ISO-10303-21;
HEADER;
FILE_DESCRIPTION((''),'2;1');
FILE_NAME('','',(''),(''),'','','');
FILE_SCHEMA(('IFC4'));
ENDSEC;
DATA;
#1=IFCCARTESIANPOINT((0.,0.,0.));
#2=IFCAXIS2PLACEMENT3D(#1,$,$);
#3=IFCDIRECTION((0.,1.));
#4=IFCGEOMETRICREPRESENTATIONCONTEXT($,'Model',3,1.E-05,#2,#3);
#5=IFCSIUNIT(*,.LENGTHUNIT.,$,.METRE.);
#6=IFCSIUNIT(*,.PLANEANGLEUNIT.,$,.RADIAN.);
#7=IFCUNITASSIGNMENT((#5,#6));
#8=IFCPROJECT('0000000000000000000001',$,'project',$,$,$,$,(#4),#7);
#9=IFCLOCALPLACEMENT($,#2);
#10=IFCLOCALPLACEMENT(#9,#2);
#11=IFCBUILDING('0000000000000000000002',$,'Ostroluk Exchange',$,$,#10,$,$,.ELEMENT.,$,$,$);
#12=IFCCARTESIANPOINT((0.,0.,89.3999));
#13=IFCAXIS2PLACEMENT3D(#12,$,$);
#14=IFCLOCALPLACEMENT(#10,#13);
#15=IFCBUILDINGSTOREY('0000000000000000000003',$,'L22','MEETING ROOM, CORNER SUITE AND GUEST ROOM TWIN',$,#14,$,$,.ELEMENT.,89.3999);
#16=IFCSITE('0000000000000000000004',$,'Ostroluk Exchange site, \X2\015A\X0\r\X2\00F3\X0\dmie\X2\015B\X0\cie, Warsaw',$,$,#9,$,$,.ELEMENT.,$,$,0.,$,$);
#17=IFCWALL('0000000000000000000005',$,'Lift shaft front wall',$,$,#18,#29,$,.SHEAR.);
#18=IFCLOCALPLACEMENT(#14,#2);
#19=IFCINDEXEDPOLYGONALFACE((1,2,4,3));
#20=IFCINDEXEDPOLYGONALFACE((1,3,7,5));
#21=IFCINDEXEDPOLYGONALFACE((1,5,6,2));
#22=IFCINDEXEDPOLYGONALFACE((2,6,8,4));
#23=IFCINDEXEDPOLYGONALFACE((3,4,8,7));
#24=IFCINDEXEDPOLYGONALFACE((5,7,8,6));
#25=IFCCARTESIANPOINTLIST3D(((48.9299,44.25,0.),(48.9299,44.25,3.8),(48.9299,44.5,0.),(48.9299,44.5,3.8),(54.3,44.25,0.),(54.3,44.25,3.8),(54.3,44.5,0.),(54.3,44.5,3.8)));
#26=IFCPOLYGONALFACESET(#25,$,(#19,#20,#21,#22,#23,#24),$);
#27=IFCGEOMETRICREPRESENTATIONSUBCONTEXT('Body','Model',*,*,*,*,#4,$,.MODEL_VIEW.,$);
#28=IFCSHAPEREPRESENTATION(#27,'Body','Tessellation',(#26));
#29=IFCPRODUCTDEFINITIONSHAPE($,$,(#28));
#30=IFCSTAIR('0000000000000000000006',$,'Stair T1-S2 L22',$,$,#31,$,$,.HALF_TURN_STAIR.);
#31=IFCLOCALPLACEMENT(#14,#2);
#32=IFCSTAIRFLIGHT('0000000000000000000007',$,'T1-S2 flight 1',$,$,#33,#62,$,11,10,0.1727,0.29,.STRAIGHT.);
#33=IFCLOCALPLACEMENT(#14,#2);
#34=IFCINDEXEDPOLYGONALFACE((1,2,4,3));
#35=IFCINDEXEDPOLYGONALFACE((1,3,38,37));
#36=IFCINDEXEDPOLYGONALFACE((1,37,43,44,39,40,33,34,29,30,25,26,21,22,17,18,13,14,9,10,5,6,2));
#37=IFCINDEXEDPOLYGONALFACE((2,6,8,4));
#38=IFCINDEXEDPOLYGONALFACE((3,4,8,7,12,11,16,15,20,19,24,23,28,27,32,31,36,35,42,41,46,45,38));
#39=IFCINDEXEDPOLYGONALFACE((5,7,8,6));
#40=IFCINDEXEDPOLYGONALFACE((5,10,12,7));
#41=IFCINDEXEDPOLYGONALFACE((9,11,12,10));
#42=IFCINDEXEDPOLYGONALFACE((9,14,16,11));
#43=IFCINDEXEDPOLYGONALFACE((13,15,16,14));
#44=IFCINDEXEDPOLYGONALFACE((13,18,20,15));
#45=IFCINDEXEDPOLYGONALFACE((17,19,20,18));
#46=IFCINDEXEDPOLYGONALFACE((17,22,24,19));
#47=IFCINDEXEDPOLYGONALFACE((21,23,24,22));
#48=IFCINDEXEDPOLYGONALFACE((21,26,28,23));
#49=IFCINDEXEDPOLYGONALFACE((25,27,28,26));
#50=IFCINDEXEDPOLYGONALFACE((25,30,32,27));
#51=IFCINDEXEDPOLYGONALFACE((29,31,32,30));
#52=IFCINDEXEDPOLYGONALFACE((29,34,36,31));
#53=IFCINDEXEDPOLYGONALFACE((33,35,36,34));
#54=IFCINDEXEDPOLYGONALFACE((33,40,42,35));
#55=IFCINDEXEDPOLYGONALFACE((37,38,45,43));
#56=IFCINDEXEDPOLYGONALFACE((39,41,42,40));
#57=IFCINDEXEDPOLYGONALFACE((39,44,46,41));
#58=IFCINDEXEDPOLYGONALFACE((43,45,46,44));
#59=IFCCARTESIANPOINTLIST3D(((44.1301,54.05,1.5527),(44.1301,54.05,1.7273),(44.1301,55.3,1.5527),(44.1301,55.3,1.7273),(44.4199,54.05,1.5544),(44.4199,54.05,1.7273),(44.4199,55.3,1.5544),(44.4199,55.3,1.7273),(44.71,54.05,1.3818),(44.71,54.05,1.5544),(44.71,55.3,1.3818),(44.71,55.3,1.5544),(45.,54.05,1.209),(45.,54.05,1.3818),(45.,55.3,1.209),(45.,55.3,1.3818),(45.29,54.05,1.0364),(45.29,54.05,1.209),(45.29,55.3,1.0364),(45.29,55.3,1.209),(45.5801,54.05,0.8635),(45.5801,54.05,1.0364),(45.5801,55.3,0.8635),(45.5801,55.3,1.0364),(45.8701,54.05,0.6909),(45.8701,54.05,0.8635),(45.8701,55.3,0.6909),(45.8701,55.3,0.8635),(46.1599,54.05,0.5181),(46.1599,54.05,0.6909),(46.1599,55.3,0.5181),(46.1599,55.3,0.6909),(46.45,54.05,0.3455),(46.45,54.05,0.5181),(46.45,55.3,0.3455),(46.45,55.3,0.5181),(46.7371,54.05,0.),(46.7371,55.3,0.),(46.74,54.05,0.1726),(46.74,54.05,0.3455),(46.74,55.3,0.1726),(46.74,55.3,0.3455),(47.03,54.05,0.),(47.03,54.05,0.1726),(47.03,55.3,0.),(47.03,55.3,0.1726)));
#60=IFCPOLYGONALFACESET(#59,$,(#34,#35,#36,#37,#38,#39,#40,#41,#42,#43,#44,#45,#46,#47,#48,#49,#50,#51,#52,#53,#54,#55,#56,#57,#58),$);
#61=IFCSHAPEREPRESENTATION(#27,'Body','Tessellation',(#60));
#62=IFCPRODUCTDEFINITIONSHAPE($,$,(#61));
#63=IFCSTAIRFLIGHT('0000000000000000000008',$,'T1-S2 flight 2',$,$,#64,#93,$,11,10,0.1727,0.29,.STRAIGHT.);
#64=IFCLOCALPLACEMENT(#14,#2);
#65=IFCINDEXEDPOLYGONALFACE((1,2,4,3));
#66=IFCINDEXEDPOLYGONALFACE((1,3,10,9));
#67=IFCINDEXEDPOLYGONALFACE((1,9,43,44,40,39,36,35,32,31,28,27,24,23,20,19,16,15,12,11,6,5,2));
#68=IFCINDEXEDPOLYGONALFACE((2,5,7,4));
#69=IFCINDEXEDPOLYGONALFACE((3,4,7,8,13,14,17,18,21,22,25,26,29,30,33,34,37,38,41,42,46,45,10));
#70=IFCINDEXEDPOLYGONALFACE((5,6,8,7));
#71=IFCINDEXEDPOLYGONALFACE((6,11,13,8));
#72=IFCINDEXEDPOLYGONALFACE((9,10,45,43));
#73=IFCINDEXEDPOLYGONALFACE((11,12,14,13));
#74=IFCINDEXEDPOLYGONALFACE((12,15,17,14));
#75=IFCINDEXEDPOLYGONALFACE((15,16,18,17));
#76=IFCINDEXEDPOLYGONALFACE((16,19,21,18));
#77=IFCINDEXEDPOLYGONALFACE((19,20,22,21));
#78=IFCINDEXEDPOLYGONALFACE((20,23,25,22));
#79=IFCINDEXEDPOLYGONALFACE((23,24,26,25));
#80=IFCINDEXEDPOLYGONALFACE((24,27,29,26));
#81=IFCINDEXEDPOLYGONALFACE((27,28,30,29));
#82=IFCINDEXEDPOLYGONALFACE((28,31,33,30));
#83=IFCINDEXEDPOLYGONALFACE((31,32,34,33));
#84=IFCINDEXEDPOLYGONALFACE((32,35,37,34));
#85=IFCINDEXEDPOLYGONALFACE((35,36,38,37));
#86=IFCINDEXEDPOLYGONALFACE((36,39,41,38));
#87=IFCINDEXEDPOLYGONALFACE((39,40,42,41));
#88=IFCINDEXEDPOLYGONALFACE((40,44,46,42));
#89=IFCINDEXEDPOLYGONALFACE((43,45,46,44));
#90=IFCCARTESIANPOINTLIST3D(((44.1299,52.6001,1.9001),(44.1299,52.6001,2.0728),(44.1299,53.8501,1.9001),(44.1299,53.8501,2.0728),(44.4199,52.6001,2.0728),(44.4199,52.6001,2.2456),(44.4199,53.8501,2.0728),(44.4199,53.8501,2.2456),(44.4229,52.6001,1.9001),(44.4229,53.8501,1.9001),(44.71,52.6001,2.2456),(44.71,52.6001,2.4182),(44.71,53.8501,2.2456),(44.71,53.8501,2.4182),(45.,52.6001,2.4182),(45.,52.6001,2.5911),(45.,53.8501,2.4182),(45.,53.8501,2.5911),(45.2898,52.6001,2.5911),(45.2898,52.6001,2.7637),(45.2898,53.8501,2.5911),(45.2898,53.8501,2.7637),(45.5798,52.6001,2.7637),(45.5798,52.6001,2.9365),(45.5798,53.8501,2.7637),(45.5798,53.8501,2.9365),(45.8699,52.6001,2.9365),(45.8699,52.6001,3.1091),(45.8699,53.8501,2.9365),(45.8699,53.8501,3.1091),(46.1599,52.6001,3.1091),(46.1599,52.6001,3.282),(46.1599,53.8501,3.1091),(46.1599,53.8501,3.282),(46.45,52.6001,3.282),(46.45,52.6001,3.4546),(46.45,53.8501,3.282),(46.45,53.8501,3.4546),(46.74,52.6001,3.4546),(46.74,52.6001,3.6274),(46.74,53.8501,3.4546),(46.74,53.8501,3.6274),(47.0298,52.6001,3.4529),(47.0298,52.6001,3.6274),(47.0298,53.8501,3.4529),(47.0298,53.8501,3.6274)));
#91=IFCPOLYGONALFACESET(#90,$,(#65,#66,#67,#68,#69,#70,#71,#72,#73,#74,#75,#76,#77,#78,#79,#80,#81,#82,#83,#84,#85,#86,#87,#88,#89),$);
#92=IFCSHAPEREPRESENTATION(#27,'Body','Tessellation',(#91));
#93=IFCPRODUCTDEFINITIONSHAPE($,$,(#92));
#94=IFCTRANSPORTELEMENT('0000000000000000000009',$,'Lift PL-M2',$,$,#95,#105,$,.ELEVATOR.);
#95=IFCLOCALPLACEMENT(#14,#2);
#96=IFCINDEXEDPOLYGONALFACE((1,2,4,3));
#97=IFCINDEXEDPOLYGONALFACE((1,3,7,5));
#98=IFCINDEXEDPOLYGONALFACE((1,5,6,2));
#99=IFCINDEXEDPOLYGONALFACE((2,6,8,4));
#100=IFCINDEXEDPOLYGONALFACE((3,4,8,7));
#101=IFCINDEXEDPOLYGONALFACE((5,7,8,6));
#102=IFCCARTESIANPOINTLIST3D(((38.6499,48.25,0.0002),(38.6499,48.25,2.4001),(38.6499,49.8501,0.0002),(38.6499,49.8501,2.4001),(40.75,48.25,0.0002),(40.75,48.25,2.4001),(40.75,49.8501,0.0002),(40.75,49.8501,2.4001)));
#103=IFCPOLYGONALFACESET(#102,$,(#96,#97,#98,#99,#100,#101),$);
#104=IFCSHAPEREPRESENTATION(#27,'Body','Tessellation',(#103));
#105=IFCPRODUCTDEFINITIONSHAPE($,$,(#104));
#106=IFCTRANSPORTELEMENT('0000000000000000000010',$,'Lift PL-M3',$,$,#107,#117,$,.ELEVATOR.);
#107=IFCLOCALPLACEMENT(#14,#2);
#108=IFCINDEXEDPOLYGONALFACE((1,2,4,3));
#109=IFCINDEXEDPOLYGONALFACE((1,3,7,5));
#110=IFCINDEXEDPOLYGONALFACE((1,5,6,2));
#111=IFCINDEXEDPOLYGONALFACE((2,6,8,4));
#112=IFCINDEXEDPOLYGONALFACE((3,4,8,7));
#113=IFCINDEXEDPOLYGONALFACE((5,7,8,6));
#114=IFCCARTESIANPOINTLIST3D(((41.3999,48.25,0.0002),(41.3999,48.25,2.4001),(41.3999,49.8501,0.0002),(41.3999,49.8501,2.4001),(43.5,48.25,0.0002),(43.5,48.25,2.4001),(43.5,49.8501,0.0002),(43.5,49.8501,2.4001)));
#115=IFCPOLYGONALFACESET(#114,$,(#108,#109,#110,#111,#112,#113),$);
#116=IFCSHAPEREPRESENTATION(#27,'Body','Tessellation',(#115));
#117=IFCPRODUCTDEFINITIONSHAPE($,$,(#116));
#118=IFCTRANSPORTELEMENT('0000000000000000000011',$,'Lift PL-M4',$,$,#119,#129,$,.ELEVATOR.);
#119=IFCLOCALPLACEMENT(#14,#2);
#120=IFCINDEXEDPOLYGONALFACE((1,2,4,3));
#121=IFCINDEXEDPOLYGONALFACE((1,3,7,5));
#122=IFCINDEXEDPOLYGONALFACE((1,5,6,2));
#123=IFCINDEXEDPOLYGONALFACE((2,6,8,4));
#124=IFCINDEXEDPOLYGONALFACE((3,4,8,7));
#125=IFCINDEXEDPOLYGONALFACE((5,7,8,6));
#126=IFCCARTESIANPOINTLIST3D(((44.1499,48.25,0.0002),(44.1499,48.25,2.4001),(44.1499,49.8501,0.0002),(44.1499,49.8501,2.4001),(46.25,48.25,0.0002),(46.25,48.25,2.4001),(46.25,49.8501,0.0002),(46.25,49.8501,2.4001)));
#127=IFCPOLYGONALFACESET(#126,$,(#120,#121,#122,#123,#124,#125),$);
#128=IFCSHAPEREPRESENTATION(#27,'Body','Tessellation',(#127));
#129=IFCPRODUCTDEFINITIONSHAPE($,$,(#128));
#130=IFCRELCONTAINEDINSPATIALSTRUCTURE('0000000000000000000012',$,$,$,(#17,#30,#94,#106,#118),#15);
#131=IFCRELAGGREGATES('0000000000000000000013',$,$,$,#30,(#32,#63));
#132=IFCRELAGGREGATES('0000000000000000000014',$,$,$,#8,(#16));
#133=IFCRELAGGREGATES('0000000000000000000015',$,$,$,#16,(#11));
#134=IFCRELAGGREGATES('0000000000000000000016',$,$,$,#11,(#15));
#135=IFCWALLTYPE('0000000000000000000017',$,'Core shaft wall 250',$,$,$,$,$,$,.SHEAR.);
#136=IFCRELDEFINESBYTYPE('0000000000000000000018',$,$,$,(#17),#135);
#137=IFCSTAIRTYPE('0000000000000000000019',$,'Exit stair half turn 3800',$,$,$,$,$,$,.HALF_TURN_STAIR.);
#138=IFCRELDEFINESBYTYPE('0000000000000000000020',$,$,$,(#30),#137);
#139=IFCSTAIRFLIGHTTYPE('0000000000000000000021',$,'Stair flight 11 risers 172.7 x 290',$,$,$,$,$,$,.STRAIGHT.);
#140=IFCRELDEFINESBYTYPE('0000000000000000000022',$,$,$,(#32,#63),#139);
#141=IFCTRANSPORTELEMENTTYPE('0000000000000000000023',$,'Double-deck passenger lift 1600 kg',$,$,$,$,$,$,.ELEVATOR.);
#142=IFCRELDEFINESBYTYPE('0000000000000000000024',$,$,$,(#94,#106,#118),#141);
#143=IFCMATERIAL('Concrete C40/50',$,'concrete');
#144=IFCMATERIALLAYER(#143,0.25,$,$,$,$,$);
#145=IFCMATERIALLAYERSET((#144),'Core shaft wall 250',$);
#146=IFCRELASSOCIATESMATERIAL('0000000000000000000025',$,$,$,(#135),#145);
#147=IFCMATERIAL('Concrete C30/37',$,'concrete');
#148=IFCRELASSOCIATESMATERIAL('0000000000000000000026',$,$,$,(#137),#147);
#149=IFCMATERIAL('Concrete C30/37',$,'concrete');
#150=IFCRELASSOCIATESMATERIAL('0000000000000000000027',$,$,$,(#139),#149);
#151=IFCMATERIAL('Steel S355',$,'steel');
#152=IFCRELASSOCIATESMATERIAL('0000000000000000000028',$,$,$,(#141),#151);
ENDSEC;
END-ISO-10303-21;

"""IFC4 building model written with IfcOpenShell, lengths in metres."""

from ifc_helpers import new_model, si_unit, direction, frame, frame_2d, origin, origin_2d, place, context, subcontext, project, spatial, polyline, rectangle, outline, extrude, material, layer, layer_set, type_object, element, aggregate, save


model = new_model("IFC4")

# Units and contexts
model_context = context("Model", 3, precision=1e-05, world=origin(), true_north=direction((0.0, 1.0)))
body_context = subcontext(model_context, "Body", "Model", "MODEL_VIEW")
ifc_project = project(units=[si_unit("LENGTHUNIT", "METRE"), si_unit("PLANEANGLEUNIT", "RADIAN")], contexts=[model_context])

# Site, building, storey
site_placement = place(None, origin())
site = spatial("IfcSite", under=ifc_project, at=site_placement, Name="Ostroluk Exchange site, Śródmieście, Warsaw", CompositionType="ELEMENT", RefElevation=0.0)
building_placement = place(site_placement, origin())
building = spatial("IfcBuilding", under=site, at=building_placement, Name="Ostroluk Exchange", CompositionType="ELEMENT")
storey_placement = place(building_placement, frame((0.0, 0.0, 89.3999)))
storey = spatial("IfcBuildingStorey", under=building, at=storey_placement, Name="L22", Description="MEETING ROOM, CORNER SUITE AND GUEST ROOM TWIN", CompositionType="ELEMENT", Elevation=89.3999)

# Shared definitions
ifc_material_1 = material(Name="Concrete C40/50", Category="concrete")
ifc_layer_1 = layer(ifc_material_1, 0.25)
ifc_layer_set_1 = layer_set([ifc_layer_1], Name="Core shaft wall 250")
wall_type_1 = type_object("IfcWallType", Name="Core shaft wall 250", PredefinedType="SHEAR", material=ifc_layer_set_1)

# Wall
wall_1_placement = place(storey_placement, frame((48.9299, 44.375, 0.0), z_axis=(0.0, 0.0, 1.0), x_axis=(1.0, 0.0, 0.0)))
element("IfcWall", 1, at=wall_1_placement, inside=storey, type_object=wall_type_1, Name="Lift shaft front wall", PredefinedType="SHEAR", context=body_context, shape_type="SweptSolid", body=[
    extrude(rectangle(XDim=5.3701, YDim=0.25, at=frame_2d((2.6851, 0.0))), origin(), (0.0, 0.0, 1.0), 3.8),
])

# Stair, stair flights
ifc_material_2 = material(Name="Concrete C30/37", Category="concrete")
stair_type = type_object("IfcStairType", Name="Exit stair half turn 3800", PredefinedType="HALF_TURN_STAIR", material=ifc_material_2)
stair_placement = place(storey_placement, origin())
stair = element("IfcStair", 2, at=stair_placement, inside=storey, type_object=stair_type, Name="Stair T1-S2 L22", PredefinedType="HALF_TURN_STAIR")
ifc_material_3 = material(Name="Concrete C30/37", Category="concrete")
stair_flight_type = type_object("IfcStairFlightType", Name="Stair flight 11 risers 172.7 x 290", PredefinedType="STRAIGHT", material=ifc_material_3)
stair_flight_1_placement = place(storey_placement, frame((47.03, 54.675, 0.0), z_axis=(0.0, 0.0, 1.0), x_axis=(-1.0, 0.0, 0.0)))
stair_flight_1 = element("IfcStairFlight", 3, at=stair_flight_1_placement, type_object=stair_flight_type, Name="T1-S2 flight 1", NumberOfRisers=11, NumberOfTreads=10, PredefinedType="STRAIGHT", RiserHeight=0.1727, TreadLength=0.29, context=body_context, shape_type="SweptSolid", body=[
    extrude(outline(polyline([(0.0, 0.0), (0.0, 0.1726), (0.29, 0.1726), (0.29, 0.3455), (0.5801, 0.3455), (0.5801, 0.5181), (0.8701, 0.5181), (0.8701, 0.6909), (1.1599, 0.6909), (1.1599, 0.8635), (1.45, 0.8635), (1.45, 1.0364), (1.74, 1.0364), (1.74, 1.209), (2.03, 1.209), (2.03, 1.3818), (2.3201, 1.3818), (2.3201, 1.5544), (2.6101, 1.5544), (2.6101, 1.7273), (2.8999, 1.7273), (2.8999, 1.8999), (2.8999, 1.5527), (0.293, 0.0), (0.0, 0.0)])), frame((0.0, 0.625, 0.0), z_axis=(0.0, -1.0, 0.0), x_axis=(1.0, 0.0, 0.0)), (0.0, 0.0, 1.0), 1.25),
])
stair_flight_2_placement = place(storey_placement, frame((44.1299, 53.2251, 1.9001), z_axis=(0.0, 0.0, 1.0), x_axis=(1.0, 0.0, 0.0)))
stair_flight_2 = element("IfcStairFlight", 4, at=stair_flight_2_placement, type_object=stair_flight_type, Name="T1-S2 flight 2", NumberOfRisers=11, NumberOfTreads=10, PredefinedType="STRAIGHT", RiserHeight=0.1727, TreadLength=0.29, context=body_context, shape_type="SweptSolid", body=[
    extrude(outline(polyline([(0.0, 0.0), (0.0, 0.1726), (0.29, 0.1726), (0.29, 0.3455), (0.5801, 0.3455), (0.5801, 0.5181), (0.8701, 0.5181), (0.8701, 0.6909), (1.1599, 0.6909), (1.1599, 0.8635), (1.45, 0.8635), (1.45, 1.0364), (1.74, 1.0364), (1.74, 1.209), (2.03, 1.209), (2.03, 1.3818), (2.3201, 1.3818), (2.3201, 1.5544), (2.6101, 1.5544), (2.6101, 1.7273), (2.8999, 1.7273), (2.8999, 1.8999), (2.8999, 1.5527), (0.293, 0.0), (0.0, 0.0)])), frame((0.0, 0.625, 0.0), z_axis=(0.0, -1.0, 0.0), x_axis=(1.0, 0.0, 0.0)), (0.0, 0.0, 1.0), 1.25),
])
aggregate(stair, [stair_flight_1, stair_flight_2])

# Transport elements
ifc_material_4 = material(Name="Steel S355", Category="steel")
transport_element_type = type_object("IfcTransportElementType", Name="Double-deck passenger lift 1600 kg", PredefinedType="ELEVATOR", material=ifc_material_4)
for number, where, z_axis, x_axis, name in (
    (5, (39.7, 49.05, 0.0002), (0.0, 0.0, 1.0), (1.0, 0.0, 0.0), "Lift PL-M2"),
    (6, (42.45, 49.05, 0.0002), (0.0, 0.0, 1.0), (1.0, 0.0, 0.0), "Lift PL-M3"),
    (7, (45.2, 49.05, 0.0002), (0.0, 0.0, 1.0), (1.0, 0.0, 0.0), "Lift PL-M4"),
):
    element("IfcTransportElement", number, at=place(storey_placement, frame(where, z_axis=z_axis, x_axis=x_axis)), inside=storey, type_object=transport_element_type, Name=name, PredefinedType="ELEVATOR", context=body_context, shape_type="SweptSolid", body=[
        extrude(rectangle(XDim=2.1001, YDim=1.6001, at=origin_2d()), origin(), (0.0, 0.0, 1.0), 2.3999),
    ])

save(model, "model.ifc")
